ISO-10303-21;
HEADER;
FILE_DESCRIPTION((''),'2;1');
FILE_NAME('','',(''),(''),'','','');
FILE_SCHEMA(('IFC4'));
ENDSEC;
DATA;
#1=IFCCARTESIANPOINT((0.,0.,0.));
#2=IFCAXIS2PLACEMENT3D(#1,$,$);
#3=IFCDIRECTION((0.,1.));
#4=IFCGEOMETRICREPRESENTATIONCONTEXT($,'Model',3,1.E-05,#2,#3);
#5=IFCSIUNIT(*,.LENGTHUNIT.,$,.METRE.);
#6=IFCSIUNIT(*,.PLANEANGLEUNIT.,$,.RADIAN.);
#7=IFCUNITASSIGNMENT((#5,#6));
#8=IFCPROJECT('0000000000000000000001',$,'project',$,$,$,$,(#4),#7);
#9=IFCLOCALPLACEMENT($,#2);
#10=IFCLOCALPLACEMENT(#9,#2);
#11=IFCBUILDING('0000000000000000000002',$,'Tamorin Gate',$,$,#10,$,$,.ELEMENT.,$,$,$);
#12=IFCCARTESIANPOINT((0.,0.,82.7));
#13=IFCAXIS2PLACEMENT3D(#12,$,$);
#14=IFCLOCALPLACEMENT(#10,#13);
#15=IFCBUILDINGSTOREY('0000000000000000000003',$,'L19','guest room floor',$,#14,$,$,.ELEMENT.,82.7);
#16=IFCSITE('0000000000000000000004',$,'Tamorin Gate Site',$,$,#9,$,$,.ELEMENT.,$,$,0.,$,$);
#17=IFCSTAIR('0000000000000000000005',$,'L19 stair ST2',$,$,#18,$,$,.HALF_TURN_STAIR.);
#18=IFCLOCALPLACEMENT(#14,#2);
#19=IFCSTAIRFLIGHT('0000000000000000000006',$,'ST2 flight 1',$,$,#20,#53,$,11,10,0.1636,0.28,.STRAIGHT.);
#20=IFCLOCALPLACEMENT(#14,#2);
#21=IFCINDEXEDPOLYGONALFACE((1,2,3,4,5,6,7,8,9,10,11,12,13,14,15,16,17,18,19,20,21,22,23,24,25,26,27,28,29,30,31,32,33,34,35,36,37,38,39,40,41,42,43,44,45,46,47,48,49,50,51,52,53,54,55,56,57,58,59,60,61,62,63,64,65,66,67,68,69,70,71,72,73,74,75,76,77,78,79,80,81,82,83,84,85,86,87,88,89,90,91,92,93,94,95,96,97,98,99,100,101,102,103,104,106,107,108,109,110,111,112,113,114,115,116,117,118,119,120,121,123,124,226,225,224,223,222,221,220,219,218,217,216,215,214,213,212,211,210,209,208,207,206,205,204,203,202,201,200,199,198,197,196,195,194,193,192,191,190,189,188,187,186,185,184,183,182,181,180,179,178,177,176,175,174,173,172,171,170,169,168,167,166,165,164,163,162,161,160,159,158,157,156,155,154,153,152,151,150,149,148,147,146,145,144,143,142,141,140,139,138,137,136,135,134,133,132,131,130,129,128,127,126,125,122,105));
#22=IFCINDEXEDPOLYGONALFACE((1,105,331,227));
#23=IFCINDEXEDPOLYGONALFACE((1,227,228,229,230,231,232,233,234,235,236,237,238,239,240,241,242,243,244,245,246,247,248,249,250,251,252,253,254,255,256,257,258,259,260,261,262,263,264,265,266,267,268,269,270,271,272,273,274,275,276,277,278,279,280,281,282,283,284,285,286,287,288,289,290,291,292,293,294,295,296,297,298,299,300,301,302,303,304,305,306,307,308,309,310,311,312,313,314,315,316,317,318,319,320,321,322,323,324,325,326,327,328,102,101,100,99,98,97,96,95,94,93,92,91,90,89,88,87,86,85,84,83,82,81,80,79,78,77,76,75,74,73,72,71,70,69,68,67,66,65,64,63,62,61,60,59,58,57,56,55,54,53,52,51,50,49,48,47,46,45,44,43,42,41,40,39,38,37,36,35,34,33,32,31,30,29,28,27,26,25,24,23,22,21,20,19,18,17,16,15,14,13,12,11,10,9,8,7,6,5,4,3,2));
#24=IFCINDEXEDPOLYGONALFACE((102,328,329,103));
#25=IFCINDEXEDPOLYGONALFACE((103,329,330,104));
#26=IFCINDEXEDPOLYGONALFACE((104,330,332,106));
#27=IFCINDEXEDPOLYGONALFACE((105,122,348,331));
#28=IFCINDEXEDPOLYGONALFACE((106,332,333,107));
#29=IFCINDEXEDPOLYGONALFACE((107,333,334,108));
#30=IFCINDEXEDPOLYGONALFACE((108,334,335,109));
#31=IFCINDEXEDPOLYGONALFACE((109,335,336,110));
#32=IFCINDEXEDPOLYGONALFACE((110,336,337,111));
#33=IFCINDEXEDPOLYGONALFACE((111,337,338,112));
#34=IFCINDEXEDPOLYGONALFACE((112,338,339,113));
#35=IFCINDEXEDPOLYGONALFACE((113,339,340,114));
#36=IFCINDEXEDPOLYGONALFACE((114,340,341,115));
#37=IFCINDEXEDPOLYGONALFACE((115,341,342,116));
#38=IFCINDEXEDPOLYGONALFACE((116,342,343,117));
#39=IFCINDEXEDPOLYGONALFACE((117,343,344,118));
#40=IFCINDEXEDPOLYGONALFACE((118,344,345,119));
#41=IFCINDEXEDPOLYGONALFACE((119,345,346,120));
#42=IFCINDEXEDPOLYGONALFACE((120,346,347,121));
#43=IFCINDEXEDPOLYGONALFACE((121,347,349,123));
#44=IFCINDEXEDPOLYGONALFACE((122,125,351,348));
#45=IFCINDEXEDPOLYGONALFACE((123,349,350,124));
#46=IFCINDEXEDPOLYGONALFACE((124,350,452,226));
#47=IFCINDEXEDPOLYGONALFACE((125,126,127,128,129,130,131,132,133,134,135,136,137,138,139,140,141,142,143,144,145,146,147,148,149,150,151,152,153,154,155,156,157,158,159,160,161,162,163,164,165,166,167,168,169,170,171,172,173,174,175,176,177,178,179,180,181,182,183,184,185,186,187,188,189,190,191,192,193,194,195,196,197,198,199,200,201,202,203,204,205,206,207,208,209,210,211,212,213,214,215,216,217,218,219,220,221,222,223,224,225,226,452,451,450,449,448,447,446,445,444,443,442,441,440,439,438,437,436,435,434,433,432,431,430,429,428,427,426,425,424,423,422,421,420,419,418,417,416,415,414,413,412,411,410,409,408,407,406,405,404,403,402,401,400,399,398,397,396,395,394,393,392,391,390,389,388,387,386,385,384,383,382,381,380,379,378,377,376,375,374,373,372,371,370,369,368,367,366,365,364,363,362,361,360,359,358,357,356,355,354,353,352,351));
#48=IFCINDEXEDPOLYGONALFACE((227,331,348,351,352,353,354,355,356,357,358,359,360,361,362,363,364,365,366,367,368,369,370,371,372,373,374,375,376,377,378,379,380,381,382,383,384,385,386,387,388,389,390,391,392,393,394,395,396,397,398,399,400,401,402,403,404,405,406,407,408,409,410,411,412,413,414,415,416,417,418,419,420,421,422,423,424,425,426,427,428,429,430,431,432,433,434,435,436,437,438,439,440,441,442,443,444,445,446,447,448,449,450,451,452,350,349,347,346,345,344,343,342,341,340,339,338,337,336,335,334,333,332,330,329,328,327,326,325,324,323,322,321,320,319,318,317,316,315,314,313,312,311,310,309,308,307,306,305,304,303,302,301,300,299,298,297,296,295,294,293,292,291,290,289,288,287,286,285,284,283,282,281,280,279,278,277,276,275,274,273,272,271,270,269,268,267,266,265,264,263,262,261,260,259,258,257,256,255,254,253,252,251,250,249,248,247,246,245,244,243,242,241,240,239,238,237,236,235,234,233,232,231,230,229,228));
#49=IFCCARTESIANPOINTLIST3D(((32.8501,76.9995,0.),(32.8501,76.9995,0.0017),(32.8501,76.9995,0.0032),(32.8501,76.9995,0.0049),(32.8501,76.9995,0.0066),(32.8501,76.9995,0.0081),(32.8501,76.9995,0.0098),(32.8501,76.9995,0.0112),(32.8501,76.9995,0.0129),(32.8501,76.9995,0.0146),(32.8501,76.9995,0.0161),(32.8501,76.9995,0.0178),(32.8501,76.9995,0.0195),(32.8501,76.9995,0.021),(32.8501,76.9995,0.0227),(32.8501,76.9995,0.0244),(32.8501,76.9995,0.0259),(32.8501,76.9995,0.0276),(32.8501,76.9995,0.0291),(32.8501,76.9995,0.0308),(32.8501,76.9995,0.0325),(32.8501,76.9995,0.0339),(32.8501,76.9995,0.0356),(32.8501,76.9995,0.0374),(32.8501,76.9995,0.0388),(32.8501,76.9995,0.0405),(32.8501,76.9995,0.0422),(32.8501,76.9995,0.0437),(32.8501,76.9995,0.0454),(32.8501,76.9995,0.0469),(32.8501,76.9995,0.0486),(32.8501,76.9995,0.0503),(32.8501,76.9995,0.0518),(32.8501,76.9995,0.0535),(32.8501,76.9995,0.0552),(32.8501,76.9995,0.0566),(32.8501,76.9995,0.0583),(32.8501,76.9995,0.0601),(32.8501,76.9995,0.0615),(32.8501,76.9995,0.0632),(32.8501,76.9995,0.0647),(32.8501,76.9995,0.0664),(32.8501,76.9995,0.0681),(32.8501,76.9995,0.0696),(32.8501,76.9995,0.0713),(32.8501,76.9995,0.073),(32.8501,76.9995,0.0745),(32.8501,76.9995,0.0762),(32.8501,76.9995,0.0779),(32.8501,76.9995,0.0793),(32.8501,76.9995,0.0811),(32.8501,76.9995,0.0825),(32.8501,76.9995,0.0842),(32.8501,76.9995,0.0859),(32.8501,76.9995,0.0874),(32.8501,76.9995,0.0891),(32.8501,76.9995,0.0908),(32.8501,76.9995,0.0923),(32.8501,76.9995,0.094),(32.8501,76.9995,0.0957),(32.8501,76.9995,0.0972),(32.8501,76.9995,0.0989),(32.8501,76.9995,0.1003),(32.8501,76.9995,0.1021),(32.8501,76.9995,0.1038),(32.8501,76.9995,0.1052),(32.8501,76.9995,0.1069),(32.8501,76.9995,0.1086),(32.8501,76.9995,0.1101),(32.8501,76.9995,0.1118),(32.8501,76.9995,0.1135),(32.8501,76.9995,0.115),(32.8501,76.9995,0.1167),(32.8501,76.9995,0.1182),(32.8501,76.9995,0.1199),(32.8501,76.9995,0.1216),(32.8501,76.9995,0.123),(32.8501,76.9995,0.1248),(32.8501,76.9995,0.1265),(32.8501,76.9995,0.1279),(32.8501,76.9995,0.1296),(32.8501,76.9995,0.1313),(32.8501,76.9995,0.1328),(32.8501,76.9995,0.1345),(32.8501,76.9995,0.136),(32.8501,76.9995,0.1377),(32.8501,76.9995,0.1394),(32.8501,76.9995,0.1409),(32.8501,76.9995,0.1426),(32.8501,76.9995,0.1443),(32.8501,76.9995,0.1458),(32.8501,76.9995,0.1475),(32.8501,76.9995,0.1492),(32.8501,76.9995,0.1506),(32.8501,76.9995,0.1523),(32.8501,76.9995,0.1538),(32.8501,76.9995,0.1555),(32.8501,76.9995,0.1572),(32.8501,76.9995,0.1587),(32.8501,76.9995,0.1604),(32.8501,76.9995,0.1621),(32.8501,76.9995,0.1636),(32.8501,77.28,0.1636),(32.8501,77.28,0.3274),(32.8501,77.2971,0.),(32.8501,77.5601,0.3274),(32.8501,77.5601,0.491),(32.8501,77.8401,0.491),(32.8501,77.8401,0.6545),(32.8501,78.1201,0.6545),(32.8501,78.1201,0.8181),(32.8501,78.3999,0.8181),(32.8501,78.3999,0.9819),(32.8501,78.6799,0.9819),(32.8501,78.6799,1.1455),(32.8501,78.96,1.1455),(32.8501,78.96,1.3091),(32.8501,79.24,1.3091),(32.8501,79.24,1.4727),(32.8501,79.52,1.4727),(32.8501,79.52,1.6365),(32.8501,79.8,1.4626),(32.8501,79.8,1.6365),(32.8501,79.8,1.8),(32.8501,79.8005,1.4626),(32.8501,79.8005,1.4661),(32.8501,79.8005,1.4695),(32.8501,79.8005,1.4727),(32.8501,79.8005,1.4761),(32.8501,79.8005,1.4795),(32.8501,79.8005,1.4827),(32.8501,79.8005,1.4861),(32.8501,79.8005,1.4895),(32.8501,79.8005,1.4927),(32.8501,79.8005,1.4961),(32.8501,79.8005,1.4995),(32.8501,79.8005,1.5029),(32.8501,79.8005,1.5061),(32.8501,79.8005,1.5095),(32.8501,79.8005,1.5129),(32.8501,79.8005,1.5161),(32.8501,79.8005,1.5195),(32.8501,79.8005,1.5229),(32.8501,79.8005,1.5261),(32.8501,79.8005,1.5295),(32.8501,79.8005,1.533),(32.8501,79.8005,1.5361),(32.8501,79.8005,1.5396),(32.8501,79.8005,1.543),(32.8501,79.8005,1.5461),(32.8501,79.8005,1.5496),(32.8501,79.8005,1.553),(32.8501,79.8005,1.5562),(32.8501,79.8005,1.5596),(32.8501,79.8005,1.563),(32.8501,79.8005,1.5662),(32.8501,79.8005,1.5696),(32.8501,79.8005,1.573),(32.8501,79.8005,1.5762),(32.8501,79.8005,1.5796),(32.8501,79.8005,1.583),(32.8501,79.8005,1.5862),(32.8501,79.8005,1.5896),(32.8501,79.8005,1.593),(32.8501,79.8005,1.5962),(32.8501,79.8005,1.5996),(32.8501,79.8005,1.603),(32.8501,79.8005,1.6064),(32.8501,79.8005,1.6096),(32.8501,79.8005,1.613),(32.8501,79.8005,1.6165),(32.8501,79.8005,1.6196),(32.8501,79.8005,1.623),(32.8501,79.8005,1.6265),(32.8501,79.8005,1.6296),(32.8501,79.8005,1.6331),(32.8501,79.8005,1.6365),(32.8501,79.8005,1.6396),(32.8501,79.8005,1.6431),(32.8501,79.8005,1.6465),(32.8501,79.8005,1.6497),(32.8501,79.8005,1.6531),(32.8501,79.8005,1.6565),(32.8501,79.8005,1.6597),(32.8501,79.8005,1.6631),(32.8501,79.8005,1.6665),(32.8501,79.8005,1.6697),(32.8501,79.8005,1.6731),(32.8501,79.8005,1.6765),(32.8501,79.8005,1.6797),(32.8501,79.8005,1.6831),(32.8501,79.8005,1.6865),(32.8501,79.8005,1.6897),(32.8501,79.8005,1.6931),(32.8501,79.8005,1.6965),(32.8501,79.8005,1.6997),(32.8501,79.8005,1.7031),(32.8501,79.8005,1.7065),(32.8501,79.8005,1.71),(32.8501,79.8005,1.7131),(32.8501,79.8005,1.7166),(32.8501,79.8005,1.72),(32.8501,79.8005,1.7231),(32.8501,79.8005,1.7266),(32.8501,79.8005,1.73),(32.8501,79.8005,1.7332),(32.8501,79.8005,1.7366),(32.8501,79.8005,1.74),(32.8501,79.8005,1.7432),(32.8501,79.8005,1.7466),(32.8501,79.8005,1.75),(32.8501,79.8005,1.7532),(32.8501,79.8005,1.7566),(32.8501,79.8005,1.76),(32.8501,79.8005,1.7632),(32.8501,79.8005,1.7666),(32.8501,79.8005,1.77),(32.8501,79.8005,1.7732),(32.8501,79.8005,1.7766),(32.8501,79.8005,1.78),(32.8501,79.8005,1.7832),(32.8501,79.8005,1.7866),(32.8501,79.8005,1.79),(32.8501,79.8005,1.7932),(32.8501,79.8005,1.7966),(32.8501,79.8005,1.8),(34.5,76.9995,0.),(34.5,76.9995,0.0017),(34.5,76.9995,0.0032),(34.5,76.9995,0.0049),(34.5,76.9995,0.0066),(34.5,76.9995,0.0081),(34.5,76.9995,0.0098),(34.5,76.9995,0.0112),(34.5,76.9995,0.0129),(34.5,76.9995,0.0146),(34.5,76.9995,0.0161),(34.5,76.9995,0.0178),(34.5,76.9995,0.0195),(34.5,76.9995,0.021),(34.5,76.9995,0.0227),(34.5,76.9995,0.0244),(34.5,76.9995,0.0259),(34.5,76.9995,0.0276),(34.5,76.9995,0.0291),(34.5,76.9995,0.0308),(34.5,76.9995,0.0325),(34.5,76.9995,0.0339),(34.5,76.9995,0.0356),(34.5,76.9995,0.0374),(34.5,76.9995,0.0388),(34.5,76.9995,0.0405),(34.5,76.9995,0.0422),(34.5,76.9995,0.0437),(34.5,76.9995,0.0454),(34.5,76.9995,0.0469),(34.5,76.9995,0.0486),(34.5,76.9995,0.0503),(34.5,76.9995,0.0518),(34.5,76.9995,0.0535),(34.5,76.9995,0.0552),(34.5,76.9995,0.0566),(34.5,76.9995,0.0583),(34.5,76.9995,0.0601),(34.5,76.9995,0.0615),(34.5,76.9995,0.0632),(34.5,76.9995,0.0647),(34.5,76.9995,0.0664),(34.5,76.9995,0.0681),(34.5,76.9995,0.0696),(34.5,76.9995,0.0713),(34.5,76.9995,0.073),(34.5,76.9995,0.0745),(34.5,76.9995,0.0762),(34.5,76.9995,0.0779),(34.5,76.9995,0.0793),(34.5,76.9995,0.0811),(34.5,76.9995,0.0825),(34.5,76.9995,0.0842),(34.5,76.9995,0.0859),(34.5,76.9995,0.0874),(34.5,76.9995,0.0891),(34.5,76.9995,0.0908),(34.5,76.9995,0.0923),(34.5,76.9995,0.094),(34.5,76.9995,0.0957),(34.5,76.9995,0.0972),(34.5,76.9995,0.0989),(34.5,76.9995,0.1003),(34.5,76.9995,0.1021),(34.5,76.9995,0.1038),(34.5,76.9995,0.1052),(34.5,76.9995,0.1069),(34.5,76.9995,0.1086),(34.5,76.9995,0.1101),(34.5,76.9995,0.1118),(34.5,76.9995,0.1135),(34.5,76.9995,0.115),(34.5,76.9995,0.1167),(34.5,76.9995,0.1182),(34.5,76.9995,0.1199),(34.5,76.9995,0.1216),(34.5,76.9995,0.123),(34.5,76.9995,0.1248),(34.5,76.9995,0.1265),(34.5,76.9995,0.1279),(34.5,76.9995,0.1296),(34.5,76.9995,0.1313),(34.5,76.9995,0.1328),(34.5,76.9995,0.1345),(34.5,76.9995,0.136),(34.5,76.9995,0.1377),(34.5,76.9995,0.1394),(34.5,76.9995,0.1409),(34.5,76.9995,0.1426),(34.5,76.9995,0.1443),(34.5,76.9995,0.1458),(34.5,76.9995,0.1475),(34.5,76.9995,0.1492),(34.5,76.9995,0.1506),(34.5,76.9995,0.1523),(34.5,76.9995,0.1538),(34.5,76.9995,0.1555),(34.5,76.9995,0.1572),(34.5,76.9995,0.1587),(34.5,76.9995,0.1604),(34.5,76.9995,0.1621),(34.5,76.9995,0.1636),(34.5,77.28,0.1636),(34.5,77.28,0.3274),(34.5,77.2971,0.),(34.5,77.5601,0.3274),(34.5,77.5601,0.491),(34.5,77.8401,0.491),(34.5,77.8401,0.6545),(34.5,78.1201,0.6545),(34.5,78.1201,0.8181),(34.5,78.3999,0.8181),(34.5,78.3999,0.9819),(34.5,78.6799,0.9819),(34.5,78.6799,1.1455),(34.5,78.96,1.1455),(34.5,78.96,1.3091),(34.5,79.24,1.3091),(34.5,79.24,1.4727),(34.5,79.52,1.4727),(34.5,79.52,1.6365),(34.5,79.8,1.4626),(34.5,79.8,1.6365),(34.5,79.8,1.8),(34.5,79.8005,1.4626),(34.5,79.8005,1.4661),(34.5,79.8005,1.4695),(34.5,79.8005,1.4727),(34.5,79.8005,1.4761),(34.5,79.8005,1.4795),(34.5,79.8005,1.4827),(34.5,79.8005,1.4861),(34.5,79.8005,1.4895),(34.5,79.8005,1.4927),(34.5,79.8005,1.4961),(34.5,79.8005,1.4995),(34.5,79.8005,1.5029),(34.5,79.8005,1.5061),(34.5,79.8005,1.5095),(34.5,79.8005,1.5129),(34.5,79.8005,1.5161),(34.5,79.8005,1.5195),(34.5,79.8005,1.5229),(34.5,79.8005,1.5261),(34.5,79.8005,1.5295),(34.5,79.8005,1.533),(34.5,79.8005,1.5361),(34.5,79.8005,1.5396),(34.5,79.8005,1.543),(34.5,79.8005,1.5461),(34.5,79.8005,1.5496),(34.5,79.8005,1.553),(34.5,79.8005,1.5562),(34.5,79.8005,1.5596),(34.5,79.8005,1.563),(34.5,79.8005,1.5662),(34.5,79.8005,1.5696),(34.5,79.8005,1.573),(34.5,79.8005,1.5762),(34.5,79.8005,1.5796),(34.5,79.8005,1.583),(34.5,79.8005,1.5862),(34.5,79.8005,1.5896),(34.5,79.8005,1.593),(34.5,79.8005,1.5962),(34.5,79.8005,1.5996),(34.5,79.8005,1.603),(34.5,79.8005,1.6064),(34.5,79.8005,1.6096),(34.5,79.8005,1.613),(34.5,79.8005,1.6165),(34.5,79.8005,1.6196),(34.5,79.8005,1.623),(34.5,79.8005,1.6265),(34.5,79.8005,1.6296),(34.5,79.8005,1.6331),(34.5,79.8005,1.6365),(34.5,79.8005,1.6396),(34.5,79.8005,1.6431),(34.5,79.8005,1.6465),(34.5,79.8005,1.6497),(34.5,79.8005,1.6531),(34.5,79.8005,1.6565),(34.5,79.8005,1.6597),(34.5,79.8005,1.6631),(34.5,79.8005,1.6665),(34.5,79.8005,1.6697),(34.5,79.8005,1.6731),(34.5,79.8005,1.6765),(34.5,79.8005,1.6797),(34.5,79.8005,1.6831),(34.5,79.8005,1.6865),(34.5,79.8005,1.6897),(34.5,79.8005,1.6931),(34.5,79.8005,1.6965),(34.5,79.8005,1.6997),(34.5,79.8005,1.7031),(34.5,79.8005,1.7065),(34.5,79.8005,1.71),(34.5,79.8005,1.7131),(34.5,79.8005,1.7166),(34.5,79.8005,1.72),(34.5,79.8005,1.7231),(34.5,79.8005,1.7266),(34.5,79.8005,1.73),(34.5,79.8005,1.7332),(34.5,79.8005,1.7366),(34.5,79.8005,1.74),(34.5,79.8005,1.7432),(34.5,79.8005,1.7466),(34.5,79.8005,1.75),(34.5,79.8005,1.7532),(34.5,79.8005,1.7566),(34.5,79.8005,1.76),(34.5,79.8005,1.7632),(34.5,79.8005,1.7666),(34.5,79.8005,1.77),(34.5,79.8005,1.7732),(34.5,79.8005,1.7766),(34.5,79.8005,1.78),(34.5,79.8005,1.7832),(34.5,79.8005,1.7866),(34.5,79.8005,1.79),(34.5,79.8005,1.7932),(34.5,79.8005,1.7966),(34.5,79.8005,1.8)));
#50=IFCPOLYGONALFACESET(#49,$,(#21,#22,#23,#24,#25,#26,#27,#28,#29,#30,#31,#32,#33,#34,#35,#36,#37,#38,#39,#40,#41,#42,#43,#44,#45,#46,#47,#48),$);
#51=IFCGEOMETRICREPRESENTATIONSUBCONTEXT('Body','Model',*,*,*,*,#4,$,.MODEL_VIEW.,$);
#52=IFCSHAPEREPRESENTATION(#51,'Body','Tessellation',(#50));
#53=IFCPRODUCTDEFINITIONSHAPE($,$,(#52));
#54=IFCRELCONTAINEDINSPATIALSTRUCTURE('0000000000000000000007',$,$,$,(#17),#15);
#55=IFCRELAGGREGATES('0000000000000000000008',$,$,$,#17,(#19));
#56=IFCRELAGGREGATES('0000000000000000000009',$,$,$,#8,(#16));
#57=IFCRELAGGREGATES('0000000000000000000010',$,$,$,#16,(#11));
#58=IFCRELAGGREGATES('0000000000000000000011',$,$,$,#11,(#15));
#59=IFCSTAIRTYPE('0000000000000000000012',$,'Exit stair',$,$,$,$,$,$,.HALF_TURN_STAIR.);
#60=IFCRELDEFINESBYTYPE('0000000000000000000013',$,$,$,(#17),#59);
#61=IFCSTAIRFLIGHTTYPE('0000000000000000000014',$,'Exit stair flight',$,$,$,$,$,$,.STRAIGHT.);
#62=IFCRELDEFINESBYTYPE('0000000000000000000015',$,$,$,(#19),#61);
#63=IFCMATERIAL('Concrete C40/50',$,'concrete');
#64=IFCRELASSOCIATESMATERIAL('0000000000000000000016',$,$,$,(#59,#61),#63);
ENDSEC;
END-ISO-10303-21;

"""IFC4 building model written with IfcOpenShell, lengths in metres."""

from ifc_helpers import new_model, si_unit, direction, frame, origin, place, context, subcontext, project, spatial, polyline, outline, extrude, material, type_object, element, aggregate, save


model = new_model("IFC4")

# Units and contexts
model_context = context("Model", 3, precision=1e-05, world=origin(), true_north=direction((0.0, 1.0)))
body_context = subcontext(model_context, "Body", "Model", "MODEL_VIEW")
ifc_project = project(units=[si_unit("LENGTHUNIT", "METRE"), si_unit("PLANEANGLEUNIT", "RADIAN")], contexts=[model_context])

# Site, building, storey
site_placement = place(None, origin())
site = spatial("IfcSite", under=ifc_project, at=site_placement, Name="Tamorin Gate Site", CompositionType="ELEMENT", RefElevation=0.0)
building_placement = place(site_placement, origin())
building = spatial("IfcBuilding", under=site, at=building_placement, Name="Tamorin Gate", CompositionType="ELEMENT")
storey_placement = place(building_placement, frame((0.0, 0.0, 82.7)))
storey = spatial("IfcBuildingStorey", under=building, at=storey_placement, Name="L19", Description="guest room floor", CompositionType="ELEMENT", Elevation=82.7)

# Shared definitions
ifc_material_1 = material(Name="Concrete C40/50", Category="concrete")

# Stair, stair flight
stair_type = type_object("IfcStairType", Name="Exit stair", PredefinedType="HALF_TURN_STAIR", material=ifc_material_1)
stair_placement = place(storey_placement, origin())
stair = element("IfcStair", 1, at=stair_placement, inside=storey, type_object=stair_type, Name="L19 stair ST2", PredefinedType="HALF_TURN_STAIR")
stair_flight_type = type_object("IfcStairFlightType", Name="Exit stair flight", PredefinedType="STRAIGHT", material=ifc_material_1)
stair_flight_1_placement = place(storey_placement, frame((33.675, 77.0, 0.0), z_axis=(0.0, 0.0, 1.0), x_axis=(0.0, 1.0, 0.0)))
stair_flight_1 = element("IfcStairFlight", 2, at=stair_flight_1_placement, type_object=stair_flight_type, Name="ST2 flight 1", NumberOfRisers=11, NumberOfTreads=10, PredefinedType="STRAIGHT", RiserHeight=0.1636, TreadLength=0.28, context=body_context, shape_type="SweptSolid", body=[
    extrude(outline(polyline([(-0.0005, 0.0), (-0.0005, 0.0017), (-0.0005, 0.0032), (-0.0005, 0.0049), (-0.0005, 0.0066), (-0.0005, 0.0081), (-0.0005, 0.0098), (-0.0005, 0.0112), (-0.0005, 0.0129), (-0.0005, 0.0146), (-0.0005, 0.0161), (-0.0005, 0.0178), (-0.0005, 0.0195), (-0.0005, 0.021), (-0.0005, 0.0227), (-0.0005, 0.0244), (-0.0005, 0.0259), (-0.0005, 0.0276), (-0.0005, 0.0291), (-0.0005, 0.0308), (-0.0005, 0.0325), (-0.0005, 0.0339), (-0.0005, 0.0356), (-0.0005, 0.0374), (-0.0005, 0.0388), (-0.0005, 0.0405), (-0.0005, 0.0422), (-0.0005, 0.0437), (-0.0005, 0.0454), (-0.0005, 0.0469), (-0.0005, 0.0486), (-0.0005, 0.0503), (-0.0005, 0.0518), (-0.0005, 0.0535), (-0.0005, 0.0552), (-0.0005, 0.0566), (-0.0005, 0.0583), (-0.0005, 0.0601), (-0.0005, 0.0615), (-0.0005, 0.0632), (-0.0005, 0.0647), (-0.0005, 0.0664), (-0.0005, 0.0681), (-0.0005, 0.0696), (-0.0005, 0.0713), (-0.0005, 0.073), (-0.0005, 0.0745), (-0.0005, 0.0762), (-0.0005, 0.0779), (-0.0005, 0.0793), (-0.0005, 0.0811), (-0.0005, 0.0825), (-0.0005, 0.0842), (-0.0005, 0.0859), (-0.0005, 0.0874), (-0.0005, 0.0891), (-0.0005, 0.0908), (-0.0005, 0.0923), (-0.0005, 0.094), (-0.0005, 0.0957), (-0.0005, 0.0972), (-0.0005, 0.0989), (-0.0005, 0.1003), (-0.0005, 0.1021), (-0.0005, 0.1038), (-0.0005, 0.1052), (-0.0005, 0.1069), (-0.0005, 0.1086), (-0.0005, 0.1101), (-0.0005, 0.1118), (-0.0005, 0.1135), (-0.0005, 0.115), (-0.0005, 0.1167), (-0.0005, 0.1182), (-0.0005, 0.1199), (-0.0005, 0.1216), (-0.0005, 0.123), (-0.0005, 0.1248), (-0.0005, 0.1265), (-0.0005, 0.1279), (-0.0005, 0.1296), (-0.0005, 0.1313), (-0.0005, 0.1328), (-0.0005, 0.1345), (-0.0005, 0.136), (-0.0005, 0.1377), (-0.0005, 0.1394), (-0.0005, 0.1409), (-0.0005, 0.1426), (-0.0005, 0.1443), (-0.0005, 0.1458), (-0.0005, 0.1475), (-0.0005, 0.1492), (-0.0005, 0.1506), (-0.0005, 0.1523), (-0.0005, 0.1538), (-0.0005, 0.1555), (-0.0005, 0.1572), (-0.0005, 0.1587), (-0.0005, 0.1604), (-0.0005, 0.1621), (-0.0005, 0.1636), (0.28, 0.1636), (0.28, 0.3274), (0.5601, 0.3274), (0.5601, 0.491), (0.8401, 0.491), (0.8401, 0.6545), (1.1201, 0.6545), (1.1201, 0.8181), (1.3999, 0.8181), (1.3999, 0.9819), (1.6799, 0.9819), (1.6799, 1.1455), (1.96, 1.1455), (1.96, 1.3091), (2.24, 1.3091), (2.24, 1.4727), (2.52, 1.4727), (2.52, 1.6365), (2.8, 1.6365), (2.8, 1.8), (2.8005, 1.8), (2.8005, 1.7966), (2.8005, 1.7932), (2.8005, 1.79), (2.8005, 1.7866), (2.8005, 1.7832), (2.8005, 1.78), (2.8005, 1.7766), (2.8005, 1.7732), (2.8005, 1.77), (2.8005, 1.7666), (2.8005, 1.7632), (2.8005, 1.76), (2.8005, 1.7566), (2.8005, 1.7532), (2.8005, 1.75), (2.8005, 1.7466), (2.8005, 1.7432), (2.8005, 1.74), (2.8005, 1.7366), (2.8005, 1.7332), (2.8005, 1.73), (2.8005, 1.7266), (2.8005, 1.7231), (2.8005, 1.72), (2.8005, 1.7166), (2.8005, 1.7131), (2.8005, 1.71), (2.8005, 1.7065), (2.8005, 1.7031), (2.8005, 1.6997), (2.8005, 1.6965), (2.8005, 1.6931), (2.8005, 1.6897), (2.8005, 1.6865), (2.8005, 1.6831), (2.8005, 1.6797), (2.8005, 1.6765), (2.8005, 1.6731), (2.8005, 1.6697), (2.8005, 1.6665), (2.8005, 1.6631), (2.8005, 1.6597), (2.8005, 1.6565), (2.8005, 1.6531), (2.8005, 1.6497), (2.8005, 1.6465), (2.8005, 1.6431), (2.8005, 1.6396), (2.8005, 1.6365), (2.8005, 1.6331), (2.8005, 1.6296), (2.8005, 1.6265), (2.8005, 1.623), (2.8005, 1.6196), (2.8005, 1.6165), (2.8005, 1.613), (2.8005, 1.6096), (2.8005, 1.6064), (2.8005, 1.603), (2.8005, 1.5996), (2.8005, 1.5962), (2.8005, 1.593), (2.8005, 1.5896), (2.8005, 1.5862), (2.8005, 1.583), (2.8005, 1.5796), (2.8005, 1.5762), (2.8005, 1.573), (2.8005, 1.5696), (2.8005, 1.5662), (2.8005, 1.563), (2.8005, 1.5596), (2.8005, 1.5562), (2.8005, 1.553), (2.8005, 1.5496), (2.8005, 1.5461), (2.8005, 1.543), (2.8005, 1.5396), (2.8005, 1.5361), (2.8005, 1.533), (2.8005, 1.5295), (2.8005, 1.5261), (2.8005, 1.5229), (2.8005, 1.5195), (2.8005, 1.5161), (2.8005, 1.5129), (2.8005, 1.5095), (2.8005, 1.5061), (2.8005, 1.5029), (2.8005, 1.4995), (2.8005, 1.4961), (2.8005, 1.4927), (2.8005, 1.4895), (2.8005, 1.4861), (2.8005, 1.4827), (2.8005, 1.4795), (2.8005, 1.4761), (2.8005, 1.4727), (2.8005, 1.4695), (2.8005, 1.4661), (2.8005, 1.4626), (2.8, 1.4626), (0.2971, 0.0), (-0.0005, 0.0)])), frame((0.0, 0.825, 0.0), z_axis=(0.0, -1.0, 0.0), x_axis=(1.0, 0.0, 0.0)), (0.0, 0.0, 1.0), 1.6499),
])
aggregate(stair, [stair_flight_1])

save(model, "model.ifc")
